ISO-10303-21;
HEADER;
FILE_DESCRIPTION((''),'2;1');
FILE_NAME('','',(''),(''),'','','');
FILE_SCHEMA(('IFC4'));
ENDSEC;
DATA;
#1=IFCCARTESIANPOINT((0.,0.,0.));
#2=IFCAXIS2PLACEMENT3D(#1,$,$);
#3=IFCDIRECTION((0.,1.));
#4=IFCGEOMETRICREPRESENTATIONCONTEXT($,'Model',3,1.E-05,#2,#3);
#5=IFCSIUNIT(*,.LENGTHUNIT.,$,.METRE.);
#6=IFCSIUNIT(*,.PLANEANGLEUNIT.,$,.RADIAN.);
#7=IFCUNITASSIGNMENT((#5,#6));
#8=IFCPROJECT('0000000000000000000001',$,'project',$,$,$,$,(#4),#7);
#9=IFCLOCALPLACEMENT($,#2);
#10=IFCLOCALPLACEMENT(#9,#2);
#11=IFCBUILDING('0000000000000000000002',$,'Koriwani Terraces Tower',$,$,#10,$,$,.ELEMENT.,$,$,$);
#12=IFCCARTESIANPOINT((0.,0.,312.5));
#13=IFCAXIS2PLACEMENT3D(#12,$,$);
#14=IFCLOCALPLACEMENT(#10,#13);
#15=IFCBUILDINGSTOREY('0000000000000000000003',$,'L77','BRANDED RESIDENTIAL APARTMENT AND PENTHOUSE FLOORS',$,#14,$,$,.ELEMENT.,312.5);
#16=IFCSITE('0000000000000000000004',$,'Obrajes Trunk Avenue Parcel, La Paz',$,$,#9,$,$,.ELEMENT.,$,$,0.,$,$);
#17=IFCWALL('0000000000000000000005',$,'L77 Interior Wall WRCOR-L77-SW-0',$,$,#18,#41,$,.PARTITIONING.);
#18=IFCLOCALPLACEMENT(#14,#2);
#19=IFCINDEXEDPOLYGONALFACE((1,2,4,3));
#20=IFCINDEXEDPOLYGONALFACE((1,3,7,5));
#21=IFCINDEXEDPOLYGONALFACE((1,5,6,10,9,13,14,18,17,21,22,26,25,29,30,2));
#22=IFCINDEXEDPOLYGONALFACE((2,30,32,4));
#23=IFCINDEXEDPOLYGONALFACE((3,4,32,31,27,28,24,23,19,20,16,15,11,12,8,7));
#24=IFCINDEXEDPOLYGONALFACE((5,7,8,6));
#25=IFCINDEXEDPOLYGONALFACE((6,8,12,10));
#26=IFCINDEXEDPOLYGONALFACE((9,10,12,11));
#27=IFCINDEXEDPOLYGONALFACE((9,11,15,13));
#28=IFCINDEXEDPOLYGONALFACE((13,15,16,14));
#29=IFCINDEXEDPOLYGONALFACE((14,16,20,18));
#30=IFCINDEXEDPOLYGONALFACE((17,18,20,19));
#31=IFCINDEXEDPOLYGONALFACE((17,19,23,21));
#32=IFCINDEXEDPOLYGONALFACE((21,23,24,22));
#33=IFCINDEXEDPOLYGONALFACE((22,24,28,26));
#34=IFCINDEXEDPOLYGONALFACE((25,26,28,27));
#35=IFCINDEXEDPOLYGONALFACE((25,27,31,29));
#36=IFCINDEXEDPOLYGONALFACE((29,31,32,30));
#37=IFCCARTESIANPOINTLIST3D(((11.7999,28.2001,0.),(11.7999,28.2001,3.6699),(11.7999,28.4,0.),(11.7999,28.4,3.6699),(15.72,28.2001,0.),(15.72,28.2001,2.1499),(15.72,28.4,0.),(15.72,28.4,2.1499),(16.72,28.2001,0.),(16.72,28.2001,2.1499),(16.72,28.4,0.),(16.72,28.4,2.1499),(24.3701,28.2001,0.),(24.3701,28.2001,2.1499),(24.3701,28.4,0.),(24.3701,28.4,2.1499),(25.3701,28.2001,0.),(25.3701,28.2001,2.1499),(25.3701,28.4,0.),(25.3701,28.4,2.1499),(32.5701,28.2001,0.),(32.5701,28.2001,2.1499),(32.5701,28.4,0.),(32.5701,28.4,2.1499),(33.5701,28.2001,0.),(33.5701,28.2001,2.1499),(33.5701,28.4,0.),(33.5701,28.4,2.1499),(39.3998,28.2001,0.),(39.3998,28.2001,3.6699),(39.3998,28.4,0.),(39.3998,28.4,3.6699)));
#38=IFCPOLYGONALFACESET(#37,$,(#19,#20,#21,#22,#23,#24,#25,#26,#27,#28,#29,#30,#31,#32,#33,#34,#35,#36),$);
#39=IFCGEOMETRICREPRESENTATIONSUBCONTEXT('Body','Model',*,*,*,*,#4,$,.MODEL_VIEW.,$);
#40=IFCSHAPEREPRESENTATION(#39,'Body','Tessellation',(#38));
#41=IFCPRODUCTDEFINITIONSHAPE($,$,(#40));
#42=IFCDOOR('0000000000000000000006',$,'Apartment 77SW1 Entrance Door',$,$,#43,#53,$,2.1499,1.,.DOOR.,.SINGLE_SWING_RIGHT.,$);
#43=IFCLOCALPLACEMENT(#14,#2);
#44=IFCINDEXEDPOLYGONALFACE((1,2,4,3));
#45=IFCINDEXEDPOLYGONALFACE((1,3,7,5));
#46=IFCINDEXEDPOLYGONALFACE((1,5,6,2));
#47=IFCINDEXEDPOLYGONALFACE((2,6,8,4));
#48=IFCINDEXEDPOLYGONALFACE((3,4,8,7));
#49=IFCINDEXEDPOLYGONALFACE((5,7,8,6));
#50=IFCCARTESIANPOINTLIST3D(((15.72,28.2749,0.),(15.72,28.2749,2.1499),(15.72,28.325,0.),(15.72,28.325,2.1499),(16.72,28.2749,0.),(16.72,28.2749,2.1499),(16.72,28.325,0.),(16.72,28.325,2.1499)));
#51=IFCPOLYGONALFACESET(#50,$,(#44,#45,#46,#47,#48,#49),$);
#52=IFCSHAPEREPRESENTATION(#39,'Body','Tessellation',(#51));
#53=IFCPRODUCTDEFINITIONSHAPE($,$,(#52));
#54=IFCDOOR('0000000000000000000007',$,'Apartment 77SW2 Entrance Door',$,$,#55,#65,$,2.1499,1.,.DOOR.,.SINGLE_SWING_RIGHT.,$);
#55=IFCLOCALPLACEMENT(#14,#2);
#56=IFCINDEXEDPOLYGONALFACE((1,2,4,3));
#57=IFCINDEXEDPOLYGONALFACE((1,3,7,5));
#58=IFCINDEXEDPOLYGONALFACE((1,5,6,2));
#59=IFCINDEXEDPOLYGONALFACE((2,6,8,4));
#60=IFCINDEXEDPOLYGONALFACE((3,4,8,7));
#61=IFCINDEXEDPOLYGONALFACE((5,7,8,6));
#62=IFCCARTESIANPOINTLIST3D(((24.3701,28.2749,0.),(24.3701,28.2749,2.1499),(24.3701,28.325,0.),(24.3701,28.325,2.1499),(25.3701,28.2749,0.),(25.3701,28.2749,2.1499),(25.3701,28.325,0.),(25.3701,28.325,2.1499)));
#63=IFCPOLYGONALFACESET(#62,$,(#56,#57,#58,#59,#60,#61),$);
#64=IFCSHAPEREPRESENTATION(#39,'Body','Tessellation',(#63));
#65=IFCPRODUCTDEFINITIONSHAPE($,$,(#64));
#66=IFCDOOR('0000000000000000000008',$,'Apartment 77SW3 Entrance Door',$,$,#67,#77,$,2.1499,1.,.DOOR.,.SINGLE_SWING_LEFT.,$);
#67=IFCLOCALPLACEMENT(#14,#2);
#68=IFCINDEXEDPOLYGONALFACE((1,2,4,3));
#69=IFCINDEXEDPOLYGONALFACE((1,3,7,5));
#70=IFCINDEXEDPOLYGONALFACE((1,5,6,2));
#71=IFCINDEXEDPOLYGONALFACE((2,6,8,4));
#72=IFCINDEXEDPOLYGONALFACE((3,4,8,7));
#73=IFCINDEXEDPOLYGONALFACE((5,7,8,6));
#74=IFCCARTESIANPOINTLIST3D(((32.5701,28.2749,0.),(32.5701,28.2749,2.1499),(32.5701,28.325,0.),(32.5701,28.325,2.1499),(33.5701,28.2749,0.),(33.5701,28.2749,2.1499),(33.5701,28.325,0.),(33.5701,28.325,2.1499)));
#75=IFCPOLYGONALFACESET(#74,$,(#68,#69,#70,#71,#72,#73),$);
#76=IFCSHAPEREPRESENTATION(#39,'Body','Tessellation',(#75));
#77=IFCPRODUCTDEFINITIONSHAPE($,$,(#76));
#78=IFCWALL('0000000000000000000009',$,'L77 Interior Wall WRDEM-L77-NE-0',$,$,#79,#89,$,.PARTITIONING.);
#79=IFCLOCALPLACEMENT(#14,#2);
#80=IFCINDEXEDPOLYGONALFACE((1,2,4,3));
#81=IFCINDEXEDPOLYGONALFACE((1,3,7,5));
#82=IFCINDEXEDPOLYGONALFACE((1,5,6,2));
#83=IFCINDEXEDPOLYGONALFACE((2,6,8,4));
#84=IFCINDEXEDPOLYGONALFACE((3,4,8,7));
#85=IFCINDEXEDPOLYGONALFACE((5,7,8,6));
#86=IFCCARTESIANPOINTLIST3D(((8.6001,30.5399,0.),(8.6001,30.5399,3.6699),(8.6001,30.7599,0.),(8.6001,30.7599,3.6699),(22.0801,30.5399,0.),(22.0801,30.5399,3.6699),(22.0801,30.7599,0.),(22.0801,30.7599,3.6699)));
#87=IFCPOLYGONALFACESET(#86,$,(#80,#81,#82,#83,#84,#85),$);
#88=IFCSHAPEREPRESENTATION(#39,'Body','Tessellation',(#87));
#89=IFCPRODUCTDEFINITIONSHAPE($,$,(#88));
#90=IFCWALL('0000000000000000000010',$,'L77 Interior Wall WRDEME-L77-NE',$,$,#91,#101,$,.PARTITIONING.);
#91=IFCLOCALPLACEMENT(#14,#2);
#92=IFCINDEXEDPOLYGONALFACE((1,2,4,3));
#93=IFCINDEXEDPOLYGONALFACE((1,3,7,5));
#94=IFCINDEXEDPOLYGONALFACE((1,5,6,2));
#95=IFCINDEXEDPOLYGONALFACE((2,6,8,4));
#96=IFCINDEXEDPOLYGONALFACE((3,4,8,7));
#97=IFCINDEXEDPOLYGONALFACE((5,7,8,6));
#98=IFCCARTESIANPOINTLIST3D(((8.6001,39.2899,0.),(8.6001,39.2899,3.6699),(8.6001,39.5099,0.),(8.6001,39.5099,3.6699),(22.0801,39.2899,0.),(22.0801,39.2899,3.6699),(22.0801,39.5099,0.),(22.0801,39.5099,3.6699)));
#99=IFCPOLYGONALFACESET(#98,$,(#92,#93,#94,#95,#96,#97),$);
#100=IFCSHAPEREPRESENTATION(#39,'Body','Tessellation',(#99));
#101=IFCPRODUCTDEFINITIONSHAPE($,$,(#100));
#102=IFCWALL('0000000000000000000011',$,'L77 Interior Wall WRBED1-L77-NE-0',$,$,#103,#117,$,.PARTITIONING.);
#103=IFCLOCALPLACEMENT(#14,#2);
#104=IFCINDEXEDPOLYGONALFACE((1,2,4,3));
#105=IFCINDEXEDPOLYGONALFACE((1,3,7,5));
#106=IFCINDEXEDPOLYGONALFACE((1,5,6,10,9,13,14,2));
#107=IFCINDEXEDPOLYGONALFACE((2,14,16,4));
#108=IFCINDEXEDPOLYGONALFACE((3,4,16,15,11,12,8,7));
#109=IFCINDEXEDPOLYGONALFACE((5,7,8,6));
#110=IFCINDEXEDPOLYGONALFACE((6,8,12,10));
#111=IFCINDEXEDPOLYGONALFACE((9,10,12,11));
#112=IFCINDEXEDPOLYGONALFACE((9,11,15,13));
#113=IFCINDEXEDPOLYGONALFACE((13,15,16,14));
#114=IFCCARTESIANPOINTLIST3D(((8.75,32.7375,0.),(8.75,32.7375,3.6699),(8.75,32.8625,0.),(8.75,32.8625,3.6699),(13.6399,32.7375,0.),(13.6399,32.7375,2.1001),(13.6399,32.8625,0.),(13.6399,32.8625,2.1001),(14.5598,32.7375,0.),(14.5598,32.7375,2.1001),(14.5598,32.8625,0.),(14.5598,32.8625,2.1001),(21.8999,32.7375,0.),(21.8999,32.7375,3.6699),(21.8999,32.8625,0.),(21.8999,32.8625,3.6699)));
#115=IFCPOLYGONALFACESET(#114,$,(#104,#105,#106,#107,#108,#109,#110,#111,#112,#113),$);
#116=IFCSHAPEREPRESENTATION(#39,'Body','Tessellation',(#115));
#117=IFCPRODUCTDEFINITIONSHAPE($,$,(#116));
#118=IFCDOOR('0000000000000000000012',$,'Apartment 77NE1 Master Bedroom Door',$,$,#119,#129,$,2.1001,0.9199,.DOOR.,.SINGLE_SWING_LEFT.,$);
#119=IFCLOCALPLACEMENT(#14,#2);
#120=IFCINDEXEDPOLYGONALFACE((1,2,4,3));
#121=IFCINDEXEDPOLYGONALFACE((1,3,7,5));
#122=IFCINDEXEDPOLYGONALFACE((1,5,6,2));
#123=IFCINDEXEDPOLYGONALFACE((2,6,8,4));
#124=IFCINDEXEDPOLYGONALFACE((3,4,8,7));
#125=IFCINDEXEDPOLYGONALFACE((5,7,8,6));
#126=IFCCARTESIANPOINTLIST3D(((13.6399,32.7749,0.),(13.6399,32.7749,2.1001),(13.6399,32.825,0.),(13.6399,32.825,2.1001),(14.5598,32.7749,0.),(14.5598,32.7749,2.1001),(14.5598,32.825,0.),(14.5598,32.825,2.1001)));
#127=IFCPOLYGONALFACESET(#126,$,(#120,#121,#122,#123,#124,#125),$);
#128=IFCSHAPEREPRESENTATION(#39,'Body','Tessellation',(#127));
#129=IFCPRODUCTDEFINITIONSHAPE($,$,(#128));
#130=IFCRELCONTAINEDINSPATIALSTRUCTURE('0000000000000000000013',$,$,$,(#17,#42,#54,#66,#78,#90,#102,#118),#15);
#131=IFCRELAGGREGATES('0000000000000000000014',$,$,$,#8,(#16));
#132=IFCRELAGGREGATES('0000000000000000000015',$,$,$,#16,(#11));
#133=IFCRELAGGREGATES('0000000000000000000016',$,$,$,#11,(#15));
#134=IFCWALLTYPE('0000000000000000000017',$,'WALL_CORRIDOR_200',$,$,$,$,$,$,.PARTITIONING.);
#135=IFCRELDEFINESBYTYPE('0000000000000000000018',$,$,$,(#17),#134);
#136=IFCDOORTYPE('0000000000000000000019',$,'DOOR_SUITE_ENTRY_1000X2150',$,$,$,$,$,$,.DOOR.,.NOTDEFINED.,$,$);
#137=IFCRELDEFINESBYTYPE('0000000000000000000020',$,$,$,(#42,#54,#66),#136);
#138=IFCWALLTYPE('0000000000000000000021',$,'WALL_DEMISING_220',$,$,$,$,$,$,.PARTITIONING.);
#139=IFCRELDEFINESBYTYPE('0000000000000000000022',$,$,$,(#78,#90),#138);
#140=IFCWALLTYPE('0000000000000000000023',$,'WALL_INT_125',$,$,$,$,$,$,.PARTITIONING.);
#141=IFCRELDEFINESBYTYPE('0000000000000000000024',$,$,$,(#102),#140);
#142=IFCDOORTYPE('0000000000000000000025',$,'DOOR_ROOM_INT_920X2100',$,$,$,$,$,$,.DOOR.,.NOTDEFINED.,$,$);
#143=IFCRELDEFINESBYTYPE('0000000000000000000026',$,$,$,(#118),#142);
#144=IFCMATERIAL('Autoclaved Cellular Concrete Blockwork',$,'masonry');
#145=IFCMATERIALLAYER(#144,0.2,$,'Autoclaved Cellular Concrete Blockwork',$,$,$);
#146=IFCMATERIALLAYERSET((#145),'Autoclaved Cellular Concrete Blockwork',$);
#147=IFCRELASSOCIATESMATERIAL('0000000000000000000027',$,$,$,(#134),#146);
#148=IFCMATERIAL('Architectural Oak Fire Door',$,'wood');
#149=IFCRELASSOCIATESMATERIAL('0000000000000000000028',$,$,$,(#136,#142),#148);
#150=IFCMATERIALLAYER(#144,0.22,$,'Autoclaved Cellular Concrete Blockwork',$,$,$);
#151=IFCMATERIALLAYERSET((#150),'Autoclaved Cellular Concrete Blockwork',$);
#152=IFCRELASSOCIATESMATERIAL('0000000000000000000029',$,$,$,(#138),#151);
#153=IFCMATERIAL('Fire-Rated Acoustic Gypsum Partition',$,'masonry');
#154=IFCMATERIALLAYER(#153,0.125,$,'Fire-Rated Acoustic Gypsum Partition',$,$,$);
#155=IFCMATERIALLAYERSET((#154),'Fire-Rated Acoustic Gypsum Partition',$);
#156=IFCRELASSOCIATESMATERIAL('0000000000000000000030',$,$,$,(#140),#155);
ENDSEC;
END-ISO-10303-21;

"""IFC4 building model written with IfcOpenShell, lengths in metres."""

from ifc_helpers import new_model, si_unit, direction, frame, frame_2d, origin, place, context, subcontext, project, spatial, rectangle, extrude, material, layer, layer_set, type_object, element, fill, save


model = new_model("IFC4")

# Units and contexts
model_context = context("Model", 3, precision=1e-05, world=origin(), true_north=direction((0.0, 1.0)))
body_context = subcontext(model_context, "Body", "Model", "MODEL_VIEW")
ifc_project = project(units=[si_unit("LENGTHUNIT", "METRE"), si_unit("PLANEANGLEUNIT", "RADIAN")], contexts=[model_context])

# Site, building, storey
site_placement = place(None, origin())
site = spatial("IfcSite", under=ifc_project, at=site_placement, Name="Obrajes Trunk Avenue Parcel, La Paz", CompositionType="ELEMENT", RefElevation=0.0)
building_placement = place(site_placement, origin())
building = spatial("IfcBuilding", under=site, at=building_placement, Name="Koriwani Terraces Tower", CompositionType="ELEMENT")
storey_placement = place(building_placement, frame((0.0, 0.0, 312.5)))
storey = spatial("IfcBuildingStorey", under=building, at=storey_placement, Name="L77", Description="BRANDED RESIDENTIAL APARTMENT AND PENTHOUSE FLOORS", CompositionType="ELEMENT", Elevation=312.5)

# Shared definitions
ifc_material_1 = material(Name="Autoclaved Cellular Concrete Blockwork", Category="masonry")
ifc_layer_1 = layer(ifc_material_1, 0.2, Name="Autoclaved Cellular Concrete Blockwork")
ifc_layer_set_1 = layer_set([ifc_layer_1], Name="Autoclaved Cellular Concrete Blockwork")
wall_type_1 = type_object("IfcWallType", Name="WALL_CORRIDOR_200", PredefinedType="PARTITIONING", material=ifc_layer_set_1)
ifc_material_2 = material(Name="Architectural Oak Fire Door", Category="wood")
door_type_1 = type_object("IfcDoorType", Name="DOOR_SUITE_ENTRY_1000X2150", OperationType="NOTDEFINED", PredefinedType="DOOR", material=ifc_material_2)

# Wall, openings, doors
wall_1_placement = place(storey_placement, frame((11.8, 28.3, 0.0), z_axis=(0.0, 0.0, 1.0), x_axis=(1.0, 0.0, 0.0)))
wall_1 = element("IfcWall", 1, at=wall_1_placement, inside=storey, type_object=wall_type_1, Name="L77 Interior Wall WRCOR-L77-SW-0", PredefinedType="PARTITIONING", context=body_context, shape_type="SweptSolid", body=[
    extrude(rectangle(XDim=27.5999, YDim=0.2, at=frame_2d((13.7998, 0.0))), origin(), (0.0, 0.0, 1.0), 3.6699),
])
opening_1_placement = place(wall_1_placement, frame((3.9199, 0.0, 0.0)))
opening_1 = element("IfcOpeningElement", 2, at=opening_1_placement, cuts=wall_1, PredefinedType="OPENING", context=body_context, shape_type="SweptSolid", body=[
    extrude(rectangle(XDim=1.0, YDim=2.1499, at=frame_2d((0.5, 1.075))), frame((0.0, 0.1099, 0.0), z_axis=(0.0, -1.0, 0.0), x_axis=(1.0, 0.0, 0.0)), (0.0, 0.0, 1.0), 0.22),
])
opening_2_placement = place(wall_1_placement, frame((12.5701, 0.0, 0.0)))
opening_2 = element("IfcOpeningElement", 3, at=opening_2_placement, cuts=wall_1, PredefinedType="OPENING", context=body_context, shape_type="SweptSolid", body=[
    extrude(rectangle(XDim=1.0, YDim=2.1499, at=frame_2d((0.5, 1.075))), frame((0.0, 0.1099, 0.0), z_axis=(0.0, -1.0, 0.0), x_axis=(1.0, 0.0, 0.0)), (0.0, 0.0, 1.0), 0.22),
])
opening_3_placement = place(wall_1_placement, frame((20.77, 0.0, 0.0)))
opening_3 = element("IfcOpeningElement", 4, at=opening_3_placement, cuts=wall_1, PredefinedType="OPENING", context=body_context, shape_type="SweptSolid", body=[
    extrude(rectangle(XDim=1.0, YDim=2.1499, at=frame_2d((0.5, 1.075))), frame((0.0, 0.1099, 0.0), z_axis=(0.0, -1.0, 0.0), x_axis=(1.0, 0.0, 0.0)), (0.0, 0.0, 1.0), 0.22),
])
door_1_placement = place(opening_1_placement, origin())
door_1 = element("IfcDoor", 5, at=door_1_placement, inside=storey, type_object=door_type_1, Name="Apartment 77SW1 Entrance Door", OperationType="SINGLE_SWING_RIGHT", OverallHeight=2.1499, OverallWidth=1.0, PredefinedType="DOOR", context=body_context, shape_type="SweptSolid", body=[
    extrude(rectangle(XDim=1.0, YDim=2.1499, at=frame_2d((0.5, 1.075))), frame((0.0, 0.0249, 0.0), z_axis=(0.0, -1.0, 0.0), x_axis=(1.0, 0.0, 0.0)), (0.0, 0.0, 1.0), 0.05),
])
fill(opening_1, door_1)
door_2_placement = place(opening_2_placement, origin())
door_2 = element("IfcDoor", 6, at=door_2_placement, inside=storey, type_object=door_type_1, Name="Apartment 77SW2 Entrance Door", OperationType="SINGLE_SWING_RIGHT", OverallHeight=2.1499, OverallWidth=1.0, PredefinedType="DOOR", context=body_context, shape_type="SweptSolid", body=[
    extrude(rectangle(XDim=1.0, YDim=2.1499, at=frame_2d((0.5, 1.075))), frame((0.0, 0.0249, 0.0), z_axis=(0.0, -1.0, 0.0), x_axis=(1.0, 0.0, 0.0)), (0.0, 0.0, 1.0), 0.05),
])
fill(opening_2, door_2)
door_3_placement = place(opening_3_placement, origin())
door_3 = element("IfcDoor", 7, at=door_3_placement, inside=storey, type_object=door_type_1, Name="Apartment 77SW3 Entrance Door", OperationType="SINGLE_SWING_LEFT", OverallHeight=2.1499, OverallWidth=1.0, PredefinedType="DOOR", context=body_context, shape_type="SweptSolid", body=[
    extrude(rectangle(XDim=1.0, YDim=2.1499, at=frame_2d((0.5, 1.075))), frame((0.0, 0.0249, 0.0), z_axis=(0.0, -1.0, 0.0), x_axis=(1.0, 0.0, 0.0)), (0.0, 0.0, 1.0), 0.05),
])
fill(opening_3, door_3)

# Walls
ifc_layer_2 = layer(ifc_material_1, 0.22, Name="Autoclaved Cellular Concrete Blockwork")
ifc_layer_set_2 = layer_set([ifc_layer_2], Name="Autoclaved Cellular Concrete Blockwork")
wall_type_2 = type_object("IfcWallType", Name="WALL_DEMISING_220", PredefinedType="PARTITIONING", material=ifc_layer_set_2)
for number, where, z_axis, x_axis, name in (
    (8, (8.6001, 30.6499, 0.0), (0.0, 0.0, 1.0), (1.0, 0.0, 0.0), "L77 Interior Wall WRDEM-L77-NE-0"),
    (9, (8.6001, 39.3999, 0.0), (0.0, 0.0, 1.0), (1.0, 0.0, 0.0), "L77 Interior Wall WRDEME-L77-NE"),
):
    element("IfcWall", number, at=place(storey_placement, frame(where, z_axis=z_axis, x_axis=x_axis)), inside=storey, type_object=wall_type_2, Name=name, PredefinedType="PARTITIONING", context=body_context, shape_type="SweptSolid", body=[
        extrude(rectangle(XDim=13.48, YDim=0.22, at=frame_2d((6.74, 0.0))), origin(), (0.0, 0.0, 1.0), 3.6699),
    ])

# Wall, opening, door
ifc_material_3 = material(Name="Fire-Rated Acoustic Gypsum Partition", Category="masonry")
ifc_layer_3 = layer(ifc_material_3, 0.125, Name="Fire-Rated Acoustic Gypsum Partition")
ifc_layer_set_3 = layer_set([ifc_layer_3], Name="Fire-Rated Acoustic Gypsum Partition")
wall_type_3 = type_object("IfcWallType", Name="WALL_INT_125", PredefinedType="PARTITIONING", material=ifc_layer_set_3)
wall_2_placement = place(storey_placement, frame((8.75, 32.8, 0.0), z_axis=(0.0, 0.0, 1.0), x_axis=(1.0, 0.0, 0.0)))
wall_2 = element("IfcWall", 10, at=wall_2_placement, inside=storey, type_object=wall_type_3, Name="L77 Interior Wall WRBED1-L77-NE-0", PredefinedType="PARTITIONING", context=body_context, shape_type="SweptSolid", body=[
    extrude(rectangle(XDim=13.1499, YDim=0.125, at=frame_2d((6.575, 0.0))), origin(), (0.0, 0.0, 1.0), 3.6699),
])
opening_4_placement = place(wall_2_placement, frame((4.8899, 0.0, 0.0)))
opening_4 = element("IfcOpeningElement", 11, at=opening_4_placement, cuts=wall_2, PredefinedType="OPENING", context=body_context, shape_type="SweptSolid", body=[
    extrude(rectangle(XDim=0.9199, YDim=2.1001, at=frame_2d((0.46, 1.05))), frame((0.0, 0.0725, 0.0), z_axis=(0.0, -1.0, 0.0), x_axis=(1.0, 0.0, 0.0)), (0.0, 0.0, 1.0), 0.145),
])
door_type_2 = type_object("IfcDoorType", Name="DOOR_ROOM_INT_920X2100", OperationType="NOTDEFINED", PredefinedType="DOOR", material=ifc_material_2)
door_4_placement = place(opening_4_placement, origin())
door_4 = element("IfcDoor", 12, at=door_4_placement, inside=storey, type_object=door_type_2, Name="Apartment 77NE1 Master Bedroom Door", OperationType="SINGLE_SWING_LEFT", OverallHeight=2.1001, OverallWidth=0.9199, PredefinedType="DOOR", context=body_context, shape_type="SweptSolid", body=[
    extrude(rectangle(XDim=0.9199, YDim=2.1001, at=frame_2d((0.46, 1.05))), frame((0.0, 0.0249, 0.0), z_axis=(0.0, -1.0, 0.0), x_axis=(1.0, 0.0, 0.0)), (0.0, 0.0, 1.0), 0.05),
])
fill(opening_4, door_4)

save(model, "model.ifc")
